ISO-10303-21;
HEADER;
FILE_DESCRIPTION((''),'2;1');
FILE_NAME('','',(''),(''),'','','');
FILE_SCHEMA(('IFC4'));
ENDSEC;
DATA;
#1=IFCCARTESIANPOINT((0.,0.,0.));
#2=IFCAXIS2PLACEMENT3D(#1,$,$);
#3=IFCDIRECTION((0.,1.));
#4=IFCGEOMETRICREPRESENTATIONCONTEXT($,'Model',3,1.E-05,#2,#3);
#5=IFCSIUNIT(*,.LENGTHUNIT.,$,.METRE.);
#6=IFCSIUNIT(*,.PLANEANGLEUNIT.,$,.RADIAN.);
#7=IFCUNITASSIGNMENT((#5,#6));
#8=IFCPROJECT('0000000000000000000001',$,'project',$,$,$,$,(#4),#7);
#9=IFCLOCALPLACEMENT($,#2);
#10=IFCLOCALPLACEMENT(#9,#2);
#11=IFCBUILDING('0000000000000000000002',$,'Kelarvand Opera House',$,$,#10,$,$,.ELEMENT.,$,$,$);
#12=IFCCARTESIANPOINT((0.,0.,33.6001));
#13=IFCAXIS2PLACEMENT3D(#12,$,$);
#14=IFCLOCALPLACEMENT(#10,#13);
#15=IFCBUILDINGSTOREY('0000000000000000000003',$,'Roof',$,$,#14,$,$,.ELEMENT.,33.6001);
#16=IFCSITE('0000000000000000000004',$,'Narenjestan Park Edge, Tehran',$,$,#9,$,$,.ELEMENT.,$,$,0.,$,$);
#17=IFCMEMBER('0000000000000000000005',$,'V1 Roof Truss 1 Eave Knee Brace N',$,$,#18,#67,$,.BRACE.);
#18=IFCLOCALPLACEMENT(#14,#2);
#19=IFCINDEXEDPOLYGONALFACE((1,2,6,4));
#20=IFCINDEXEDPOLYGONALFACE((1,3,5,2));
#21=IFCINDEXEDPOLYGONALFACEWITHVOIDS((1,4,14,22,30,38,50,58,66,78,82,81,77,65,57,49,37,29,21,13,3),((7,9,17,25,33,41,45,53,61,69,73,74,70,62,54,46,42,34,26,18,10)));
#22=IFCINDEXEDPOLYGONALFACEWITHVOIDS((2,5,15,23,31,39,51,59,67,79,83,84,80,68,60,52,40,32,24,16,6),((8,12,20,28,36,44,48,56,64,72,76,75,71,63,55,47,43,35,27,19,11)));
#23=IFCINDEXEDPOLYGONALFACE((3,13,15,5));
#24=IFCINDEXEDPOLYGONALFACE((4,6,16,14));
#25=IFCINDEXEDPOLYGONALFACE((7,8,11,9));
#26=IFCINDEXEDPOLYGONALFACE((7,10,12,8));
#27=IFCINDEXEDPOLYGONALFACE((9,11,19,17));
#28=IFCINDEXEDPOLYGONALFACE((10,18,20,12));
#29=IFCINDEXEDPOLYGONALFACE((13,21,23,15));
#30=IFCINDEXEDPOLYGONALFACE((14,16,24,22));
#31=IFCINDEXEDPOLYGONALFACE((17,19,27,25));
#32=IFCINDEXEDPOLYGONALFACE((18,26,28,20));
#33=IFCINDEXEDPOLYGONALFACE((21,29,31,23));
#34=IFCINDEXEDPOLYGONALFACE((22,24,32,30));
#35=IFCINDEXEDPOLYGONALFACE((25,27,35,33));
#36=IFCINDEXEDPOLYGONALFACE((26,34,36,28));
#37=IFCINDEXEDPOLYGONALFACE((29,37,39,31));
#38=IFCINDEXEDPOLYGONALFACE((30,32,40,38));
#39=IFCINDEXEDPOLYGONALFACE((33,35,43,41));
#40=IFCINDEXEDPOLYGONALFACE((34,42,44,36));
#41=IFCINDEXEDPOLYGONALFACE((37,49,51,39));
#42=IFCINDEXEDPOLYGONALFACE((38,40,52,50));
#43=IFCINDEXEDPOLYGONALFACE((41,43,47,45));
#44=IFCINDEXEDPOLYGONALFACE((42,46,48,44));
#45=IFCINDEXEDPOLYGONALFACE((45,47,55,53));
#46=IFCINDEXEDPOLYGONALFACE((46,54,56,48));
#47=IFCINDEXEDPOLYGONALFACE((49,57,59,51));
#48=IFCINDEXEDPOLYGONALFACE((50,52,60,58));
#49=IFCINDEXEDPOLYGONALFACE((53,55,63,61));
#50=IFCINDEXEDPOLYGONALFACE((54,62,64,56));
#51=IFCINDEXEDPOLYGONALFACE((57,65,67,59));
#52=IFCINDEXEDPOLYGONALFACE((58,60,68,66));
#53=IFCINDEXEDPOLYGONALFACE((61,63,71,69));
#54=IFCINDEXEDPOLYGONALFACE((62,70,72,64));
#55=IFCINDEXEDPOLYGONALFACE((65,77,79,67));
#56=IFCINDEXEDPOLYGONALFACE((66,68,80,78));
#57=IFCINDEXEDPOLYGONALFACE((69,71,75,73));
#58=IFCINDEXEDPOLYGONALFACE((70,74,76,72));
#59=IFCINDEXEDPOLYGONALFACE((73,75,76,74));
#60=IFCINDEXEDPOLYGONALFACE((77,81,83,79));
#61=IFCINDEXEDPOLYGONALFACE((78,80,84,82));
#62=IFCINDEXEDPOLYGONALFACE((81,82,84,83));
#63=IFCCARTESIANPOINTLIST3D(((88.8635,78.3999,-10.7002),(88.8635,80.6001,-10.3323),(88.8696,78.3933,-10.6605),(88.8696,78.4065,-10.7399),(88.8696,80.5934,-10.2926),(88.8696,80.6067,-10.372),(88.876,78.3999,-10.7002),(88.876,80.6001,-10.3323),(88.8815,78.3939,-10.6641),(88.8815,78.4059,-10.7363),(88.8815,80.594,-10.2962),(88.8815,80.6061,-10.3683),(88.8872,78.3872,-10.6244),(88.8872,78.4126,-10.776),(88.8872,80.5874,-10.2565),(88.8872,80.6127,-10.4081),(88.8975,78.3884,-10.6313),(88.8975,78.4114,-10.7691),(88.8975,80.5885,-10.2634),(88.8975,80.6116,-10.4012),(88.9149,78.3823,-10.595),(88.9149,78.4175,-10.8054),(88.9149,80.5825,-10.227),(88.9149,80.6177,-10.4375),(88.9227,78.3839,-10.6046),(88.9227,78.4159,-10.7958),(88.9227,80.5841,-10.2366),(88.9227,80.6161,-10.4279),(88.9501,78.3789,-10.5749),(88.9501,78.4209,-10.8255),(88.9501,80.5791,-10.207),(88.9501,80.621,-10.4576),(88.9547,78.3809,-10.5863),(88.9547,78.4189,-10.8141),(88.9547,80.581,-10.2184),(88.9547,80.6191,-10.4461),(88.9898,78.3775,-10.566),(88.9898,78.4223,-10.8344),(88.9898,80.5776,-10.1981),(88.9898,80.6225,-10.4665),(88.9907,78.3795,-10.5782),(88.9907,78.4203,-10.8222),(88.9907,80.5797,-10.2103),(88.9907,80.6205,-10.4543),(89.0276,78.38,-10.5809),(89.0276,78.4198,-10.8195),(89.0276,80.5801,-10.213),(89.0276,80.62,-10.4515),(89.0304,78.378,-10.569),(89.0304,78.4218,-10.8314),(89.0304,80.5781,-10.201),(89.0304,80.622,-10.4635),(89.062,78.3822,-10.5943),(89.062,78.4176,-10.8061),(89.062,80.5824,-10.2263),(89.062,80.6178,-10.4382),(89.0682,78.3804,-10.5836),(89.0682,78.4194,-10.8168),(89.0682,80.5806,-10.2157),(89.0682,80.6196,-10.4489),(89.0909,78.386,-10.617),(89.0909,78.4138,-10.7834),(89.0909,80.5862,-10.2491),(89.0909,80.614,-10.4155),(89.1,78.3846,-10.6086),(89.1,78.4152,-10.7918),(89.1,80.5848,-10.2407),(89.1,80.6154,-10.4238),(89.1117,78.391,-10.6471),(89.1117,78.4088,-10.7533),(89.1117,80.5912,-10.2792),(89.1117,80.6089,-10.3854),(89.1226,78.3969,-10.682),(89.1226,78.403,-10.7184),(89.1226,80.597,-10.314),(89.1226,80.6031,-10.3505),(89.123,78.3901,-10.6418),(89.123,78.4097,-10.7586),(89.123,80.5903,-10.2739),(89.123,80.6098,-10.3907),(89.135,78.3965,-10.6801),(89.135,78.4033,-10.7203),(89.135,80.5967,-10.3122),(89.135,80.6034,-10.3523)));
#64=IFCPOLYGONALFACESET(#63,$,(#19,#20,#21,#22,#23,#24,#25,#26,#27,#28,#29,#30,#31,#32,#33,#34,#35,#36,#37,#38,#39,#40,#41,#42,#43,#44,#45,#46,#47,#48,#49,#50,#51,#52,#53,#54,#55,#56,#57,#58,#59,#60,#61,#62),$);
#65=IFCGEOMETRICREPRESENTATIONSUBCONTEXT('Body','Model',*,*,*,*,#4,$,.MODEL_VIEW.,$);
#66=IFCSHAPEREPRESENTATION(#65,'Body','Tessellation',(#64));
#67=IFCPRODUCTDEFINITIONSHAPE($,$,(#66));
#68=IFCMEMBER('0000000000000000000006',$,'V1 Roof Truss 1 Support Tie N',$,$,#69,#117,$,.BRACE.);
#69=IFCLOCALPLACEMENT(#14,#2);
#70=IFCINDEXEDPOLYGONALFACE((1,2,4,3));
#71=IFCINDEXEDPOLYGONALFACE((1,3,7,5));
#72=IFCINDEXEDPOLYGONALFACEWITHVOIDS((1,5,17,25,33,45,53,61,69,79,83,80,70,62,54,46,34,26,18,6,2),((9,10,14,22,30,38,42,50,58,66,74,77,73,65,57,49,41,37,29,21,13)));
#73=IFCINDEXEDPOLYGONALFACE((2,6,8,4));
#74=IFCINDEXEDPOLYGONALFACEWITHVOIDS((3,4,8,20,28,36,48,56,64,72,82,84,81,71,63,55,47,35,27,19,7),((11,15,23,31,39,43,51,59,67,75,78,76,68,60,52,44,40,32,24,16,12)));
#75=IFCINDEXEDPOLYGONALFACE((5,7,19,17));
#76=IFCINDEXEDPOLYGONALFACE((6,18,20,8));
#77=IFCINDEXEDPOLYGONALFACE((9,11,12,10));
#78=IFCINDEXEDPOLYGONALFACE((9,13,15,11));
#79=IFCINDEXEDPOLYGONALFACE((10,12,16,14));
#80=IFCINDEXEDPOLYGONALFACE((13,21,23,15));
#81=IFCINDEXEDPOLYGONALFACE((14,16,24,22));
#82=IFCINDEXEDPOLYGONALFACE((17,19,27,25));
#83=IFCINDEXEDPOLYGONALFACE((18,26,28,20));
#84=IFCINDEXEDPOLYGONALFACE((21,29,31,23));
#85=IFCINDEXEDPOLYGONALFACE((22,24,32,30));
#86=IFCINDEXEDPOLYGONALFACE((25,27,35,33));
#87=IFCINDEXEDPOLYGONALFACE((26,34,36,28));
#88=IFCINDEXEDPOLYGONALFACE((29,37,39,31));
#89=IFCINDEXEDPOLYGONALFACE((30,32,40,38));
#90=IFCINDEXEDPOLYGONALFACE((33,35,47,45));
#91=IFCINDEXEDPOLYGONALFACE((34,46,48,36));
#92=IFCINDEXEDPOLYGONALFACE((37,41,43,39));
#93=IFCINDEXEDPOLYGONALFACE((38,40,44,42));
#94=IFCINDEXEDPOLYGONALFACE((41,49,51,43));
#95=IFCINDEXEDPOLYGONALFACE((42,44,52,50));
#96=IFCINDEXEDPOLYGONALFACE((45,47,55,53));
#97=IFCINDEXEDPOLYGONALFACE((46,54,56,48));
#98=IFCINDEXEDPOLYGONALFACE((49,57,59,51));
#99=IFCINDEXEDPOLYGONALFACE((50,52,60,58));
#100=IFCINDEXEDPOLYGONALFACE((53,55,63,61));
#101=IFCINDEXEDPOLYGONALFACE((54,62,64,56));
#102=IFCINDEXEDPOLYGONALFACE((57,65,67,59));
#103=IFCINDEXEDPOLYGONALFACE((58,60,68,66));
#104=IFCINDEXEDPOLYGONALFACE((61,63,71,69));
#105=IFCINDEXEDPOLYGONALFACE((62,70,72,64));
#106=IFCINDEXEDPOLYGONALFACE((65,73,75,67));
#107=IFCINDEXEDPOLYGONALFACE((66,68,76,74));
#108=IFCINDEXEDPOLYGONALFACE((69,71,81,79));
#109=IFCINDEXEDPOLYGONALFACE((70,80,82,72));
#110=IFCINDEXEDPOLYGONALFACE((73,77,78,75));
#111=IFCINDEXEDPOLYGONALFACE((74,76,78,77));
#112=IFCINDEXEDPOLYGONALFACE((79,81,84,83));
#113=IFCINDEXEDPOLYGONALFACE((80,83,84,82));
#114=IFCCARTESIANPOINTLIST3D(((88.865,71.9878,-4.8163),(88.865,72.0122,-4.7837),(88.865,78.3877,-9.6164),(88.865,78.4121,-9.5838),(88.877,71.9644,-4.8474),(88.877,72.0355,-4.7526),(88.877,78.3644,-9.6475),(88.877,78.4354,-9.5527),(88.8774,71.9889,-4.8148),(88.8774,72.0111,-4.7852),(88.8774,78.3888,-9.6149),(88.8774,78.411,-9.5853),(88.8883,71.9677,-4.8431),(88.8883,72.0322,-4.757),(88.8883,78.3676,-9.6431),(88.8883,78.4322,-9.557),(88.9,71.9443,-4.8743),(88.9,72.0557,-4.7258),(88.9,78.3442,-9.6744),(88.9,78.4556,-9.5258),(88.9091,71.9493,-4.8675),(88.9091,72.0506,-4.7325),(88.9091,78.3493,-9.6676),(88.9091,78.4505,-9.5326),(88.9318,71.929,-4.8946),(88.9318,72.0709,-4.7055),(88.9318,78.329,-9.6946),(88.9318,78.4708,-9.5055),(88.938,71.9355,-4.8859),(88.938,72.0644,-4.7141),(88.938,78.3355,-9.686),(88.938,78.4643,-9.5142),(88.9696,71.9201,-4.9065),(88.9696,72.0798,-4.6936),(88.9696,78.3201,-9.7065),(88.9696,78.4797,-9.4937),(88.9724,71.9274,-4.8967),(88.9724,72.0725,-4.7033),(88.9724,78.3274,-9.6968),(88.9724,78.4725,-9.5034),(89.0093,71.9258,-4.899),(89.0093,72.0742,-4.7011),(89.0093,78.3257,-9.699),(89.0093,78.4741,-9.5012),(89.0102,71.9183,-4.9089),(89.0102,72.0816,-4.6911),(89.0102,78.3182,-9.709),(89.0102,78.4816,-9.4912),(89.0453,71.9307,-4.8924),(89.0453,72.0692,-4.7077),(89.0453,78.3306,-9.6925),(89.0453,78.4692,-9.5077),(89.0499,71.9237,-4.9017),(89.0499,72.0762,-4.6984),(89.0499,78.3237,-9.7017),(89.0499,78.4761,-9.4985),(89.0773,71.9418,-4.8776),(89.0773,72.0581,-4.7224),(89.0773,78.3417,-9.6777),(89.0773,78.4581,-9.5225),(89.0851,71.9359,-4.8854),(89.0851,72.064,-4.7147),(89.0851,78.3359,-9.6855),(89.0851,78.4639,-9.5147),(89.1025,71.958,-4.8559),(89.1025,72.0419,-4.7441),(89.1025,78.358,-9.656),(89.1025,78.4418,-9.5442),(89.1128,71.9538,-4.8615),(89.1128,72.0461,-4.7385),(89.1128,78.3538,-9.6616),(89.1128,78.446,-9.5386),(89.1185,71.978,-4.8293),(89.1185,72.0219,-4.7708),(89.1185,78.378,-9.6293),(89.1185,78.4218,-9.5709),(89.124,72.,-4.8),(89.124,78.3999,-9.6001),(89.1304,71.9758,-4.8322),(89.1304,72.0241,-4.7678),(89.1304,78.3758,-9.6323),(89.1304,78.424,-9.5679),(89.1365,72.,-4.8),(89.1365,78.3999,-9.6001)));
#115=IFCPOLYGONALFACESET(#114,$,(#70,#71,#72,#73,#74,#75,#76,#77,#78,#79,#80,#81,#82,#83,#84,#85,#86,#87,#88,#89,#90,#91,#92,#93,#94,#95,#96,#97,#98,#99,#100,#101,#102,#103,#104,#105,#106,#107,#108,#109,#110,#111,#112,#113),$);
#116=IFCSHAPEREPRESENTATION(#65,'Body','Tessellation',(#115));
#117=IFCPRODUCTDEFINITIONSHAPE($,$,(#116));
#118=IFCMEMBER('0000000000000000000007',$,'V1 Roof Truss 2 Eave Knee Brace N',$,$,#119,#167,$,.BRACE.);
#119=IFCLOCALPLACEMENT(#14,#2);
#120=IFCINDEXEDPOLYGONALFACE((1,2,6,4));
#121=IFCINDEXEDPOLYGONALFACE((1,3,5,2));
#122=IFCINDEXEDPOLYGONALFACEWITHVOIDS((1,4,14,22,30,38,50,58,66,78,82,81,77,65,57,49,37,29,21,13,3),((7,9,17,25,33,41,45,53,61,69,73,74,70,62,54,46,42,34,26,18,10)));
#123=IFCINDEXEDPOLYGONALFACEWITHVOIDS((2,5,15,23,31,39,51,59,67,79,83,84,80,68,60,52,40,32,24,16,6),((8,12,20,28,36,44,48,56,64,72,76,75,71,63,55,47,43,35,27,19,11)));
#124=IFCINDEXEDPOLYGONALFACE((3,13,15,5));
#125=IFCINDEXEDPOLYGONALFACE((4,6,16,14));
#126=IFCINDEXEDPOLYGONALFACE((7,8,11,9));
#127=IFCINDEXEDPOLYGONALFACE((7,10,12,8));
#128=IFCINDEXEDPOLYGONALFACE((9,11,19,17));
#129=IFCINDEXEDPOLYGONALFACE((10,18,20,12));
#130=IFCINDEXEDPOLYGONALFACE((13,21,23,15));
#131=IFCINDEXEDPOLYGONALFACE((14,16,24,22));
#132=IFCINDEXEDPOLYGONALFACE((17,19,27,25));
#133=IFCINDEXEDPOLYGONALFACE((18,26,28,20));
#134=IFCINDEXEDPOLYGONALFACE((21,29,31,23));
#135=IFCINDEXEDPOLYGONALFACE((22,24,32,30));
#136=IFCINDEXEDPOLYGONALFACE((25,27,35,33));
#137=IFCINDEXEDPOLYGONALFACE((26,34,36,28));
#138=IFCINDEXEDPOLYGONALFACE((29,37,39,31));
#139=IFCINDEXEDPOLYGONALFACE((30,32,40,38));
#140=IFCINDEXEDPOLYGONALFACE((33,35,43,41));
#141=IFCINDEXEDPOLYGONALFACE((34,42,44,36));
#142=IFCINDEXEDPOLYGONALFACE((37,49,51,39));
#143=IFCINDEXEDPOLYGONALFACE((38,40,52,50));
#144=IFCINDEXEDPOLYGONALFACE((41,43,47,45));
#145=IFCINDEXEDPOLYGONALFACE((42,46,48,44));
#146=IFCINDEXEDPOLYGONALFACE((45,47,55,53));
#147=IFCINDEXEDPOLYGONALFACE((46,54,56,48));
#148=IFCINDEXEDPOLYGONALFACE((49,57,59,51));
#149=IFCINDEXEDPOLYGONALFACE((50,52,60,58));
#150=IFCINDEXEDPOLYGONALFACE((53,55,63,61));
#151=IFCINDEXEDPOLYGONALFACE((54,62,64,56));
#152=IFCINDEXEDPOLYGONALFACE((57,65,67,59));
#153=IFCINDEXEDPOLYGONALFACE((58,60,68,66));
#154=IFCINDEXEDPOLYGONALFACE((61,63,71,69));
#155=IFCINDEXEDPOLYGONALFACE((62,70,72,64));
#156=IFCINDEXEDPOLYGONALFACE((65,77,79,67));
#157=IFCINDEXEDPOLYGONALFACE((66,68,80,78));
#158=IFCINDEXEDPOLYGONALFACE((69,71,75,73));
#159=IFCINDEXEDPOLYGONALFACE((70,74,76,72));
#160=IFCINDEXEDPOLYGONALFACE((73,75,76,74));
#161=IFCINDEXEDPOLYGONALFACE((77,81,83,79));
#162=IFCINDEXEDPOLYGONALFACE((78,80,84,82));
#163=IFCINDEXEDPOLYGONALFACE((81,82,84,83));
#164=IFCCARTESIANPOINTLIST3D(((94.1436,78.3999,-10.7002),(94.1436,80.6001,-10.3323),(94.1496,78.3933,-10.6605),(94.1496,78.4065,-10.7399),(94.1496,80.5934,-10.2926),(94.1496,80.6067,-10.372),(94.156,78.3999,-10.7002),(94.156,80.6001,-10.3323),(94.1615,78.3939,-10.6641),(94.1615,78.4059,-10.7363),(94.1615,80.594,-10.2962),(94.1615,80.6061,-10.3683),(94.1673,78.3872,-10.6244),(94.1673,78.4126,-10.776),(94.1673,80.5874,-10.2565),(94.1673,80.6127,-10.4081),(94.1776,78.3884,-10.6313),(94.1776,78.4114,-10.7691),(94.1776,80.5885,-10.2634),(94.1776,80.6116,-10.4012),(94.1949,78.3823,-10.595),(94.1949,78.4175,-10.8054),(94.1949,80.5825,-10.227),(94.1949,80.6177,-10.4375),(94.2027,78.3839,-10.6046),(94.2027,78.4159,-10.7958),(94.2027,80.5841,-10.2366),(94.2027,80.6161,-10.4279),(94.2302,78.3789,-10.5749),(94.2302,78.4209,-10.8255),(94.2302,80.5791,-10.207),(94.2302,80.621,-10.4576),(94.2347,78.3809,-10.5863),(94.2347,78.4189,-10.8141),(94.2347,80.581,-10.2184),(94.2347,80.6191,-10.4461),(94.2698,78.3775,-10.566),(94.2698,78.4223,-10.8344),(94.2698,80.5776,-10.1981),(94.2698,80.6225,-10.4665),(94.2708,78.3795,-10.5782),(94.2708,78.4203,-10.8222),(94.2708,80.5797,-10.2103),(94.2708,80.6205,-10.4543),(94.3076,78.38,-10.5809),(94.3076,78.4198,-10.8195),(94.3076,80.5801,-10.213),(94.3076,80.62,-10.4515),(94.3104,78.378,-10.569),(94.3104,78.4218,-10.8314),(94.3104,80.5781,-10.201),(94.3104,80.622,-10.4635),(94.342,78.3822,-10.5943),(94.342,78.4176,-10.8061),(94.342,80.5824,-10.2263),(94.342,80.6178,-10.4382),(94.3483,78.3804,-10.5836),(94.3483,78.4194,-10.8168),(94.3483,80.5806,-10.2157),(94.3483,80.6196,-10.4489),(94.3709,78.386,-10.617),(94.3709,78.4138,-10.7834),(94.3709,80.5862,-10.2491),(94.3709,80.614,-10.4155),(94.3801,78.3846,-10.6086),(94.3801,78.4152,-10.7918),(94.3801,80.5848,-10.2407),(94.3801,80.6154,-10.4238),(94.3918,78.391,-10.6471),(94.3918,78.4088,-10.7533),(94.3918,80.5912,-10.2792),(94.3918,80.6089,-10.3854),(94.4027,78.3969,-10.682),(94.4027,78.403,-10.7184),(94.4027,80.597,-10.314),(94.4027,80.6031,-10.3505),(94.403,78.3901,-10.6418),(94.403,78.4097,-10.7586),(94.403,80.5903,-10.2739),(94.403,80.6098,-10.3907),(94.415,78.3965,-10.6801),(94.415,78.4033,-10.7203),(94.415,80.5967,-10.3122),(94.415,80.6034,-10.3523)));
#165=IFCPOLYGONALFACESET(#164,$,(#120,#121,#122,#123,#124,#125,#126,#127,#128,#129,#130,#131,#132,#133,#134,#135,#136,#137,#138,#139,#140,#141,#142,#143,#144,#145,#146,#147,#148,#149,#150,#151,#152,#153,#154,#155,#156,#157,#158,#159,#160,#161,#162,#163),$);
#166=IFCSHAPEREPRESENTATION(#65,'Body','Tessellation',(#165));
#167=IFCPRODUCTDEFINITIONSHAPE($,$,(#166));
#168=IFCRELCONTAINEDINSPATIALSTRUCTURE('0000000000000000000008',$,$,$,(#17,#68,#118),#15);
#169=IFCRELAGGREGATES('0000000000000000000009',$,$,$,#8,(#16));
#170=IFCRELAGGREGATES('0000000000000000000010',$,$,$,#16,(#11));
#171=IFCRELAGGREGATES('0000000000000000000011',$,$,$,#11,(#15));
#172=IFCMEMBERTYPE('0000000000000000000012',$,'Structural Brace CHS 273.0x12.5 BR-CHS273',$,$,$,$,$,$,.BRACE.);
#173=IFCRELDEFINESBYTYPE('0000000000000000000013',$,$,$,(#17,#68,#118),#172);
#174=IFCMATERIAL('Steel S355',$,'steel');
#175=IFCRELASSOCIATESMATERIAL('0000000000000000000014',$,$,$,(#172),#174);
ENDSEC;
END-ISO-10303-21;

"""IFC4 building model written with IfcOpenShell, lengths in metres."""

from ifc_helpers import new_model, si_unit, direction, frame, origin, origin_2d, place, context, subcontext, project, spatial, hollow_circle, extrude, material, material_profile, profile_set, type_object, element, save


model = new_model("IFC4")

# Units and contexts
model_context = context("Model", 3, precision=1e-05, world=origin(), true_north=direction((0.0, 1.0)))
body_context = subcontext(model_context, "Body", "Model", "MODEL_VIEW")
ifc_project = project(units=[si_unit("LENGTHUNIT", "METRE"), si_unit("PLANEANGLEUNIT", "RADIAN")], contexts=[model_context])

# Site, building, storey
site_placement = place(None, origin())
site = spatial("IfcSite", under=ifc_project, at=site_placement, Name="Narenjestan Park Edge, Tehran", CompositionType="ELEMENT", RefElevation=0.0)
building_placement = place(site_placement, origin())
building = spatial("IfcBuilding", under=site, at=building_placement, Name="Kelarvand Opera House", CompositionType="ELEMENT")
storey_placement = place(building_placement, frame((0.0, 0.0, 33.6001)))
storey = spatial("IfcBuildingStorey", under=building, at=storey_placement, Name="Roof", CompositionType="ELEMENT", Elevation=33.6001)

# Members
ifc_material = material(Name="Steel S355", Category="steel")
ifc_material_profile_1 = material_profile(ifc_material, hollow_circle(Radius=0.1365, WallThickness=0.0125, at=origin_2d()), Name="CHS 273.0x12.5", Category="steel")
ifc_profile_set_1 = profile_set([ifc_material_profile_1], Name="Steel S355")
member_type_1 = type_object("IfcMemberType", Name="Structural Brace CHS 273.0x12.5 BR-CHS273", PredefinedType="BRACE", material=ifc_profile_set_1)
member_1_placement = place(storey_placement, frame((89.0, 78.3999, -10.7002), z_axis=(0.0, 0.986305, 0.164931), x_axis=(-1.0, 0.0, 0.0)))
element("IfcMember", 1, at=member_1_placement, inside=storey, type_object=member_type_1, Name="V1 Roof Truss 1 Eave Knee Brace N", PredefinedType="BRACE", context=body_context, shape_type="SweptSolid", body=[
    extrude(hollow_circle(Radius=0.1365, WallThickness=0.0125, at=origin_2d()), origin(), (0.0, 0.0, 1.0), 2.2307),
])
member_2_placement = place(storey_placement, frame((89.0, 78.3999, -9.6001), z_axis=(0.0, -0.799993, 0.60001), x_axis=(1.0, 0.0, 0.0)))
element("IfcMember", 2, at=member_2_placement, inside=storey, type_object=member_type_1, Name="V1 Roof Truss 1 Support Tie N", PredefinedType="BRACE", context=body_context, shape_type="SweptSolid", body=[
    extrude(hollow_circle(Radius=0.1365, WallThickness=0.0125, at=origin_2d()), origin(), (0.0, 0.0, 1.0), 8.0),
])
member_3_placement = place(storey_placement, frame((94.28, 78.3999, -10.7002), z_axis=(0.0, 0.986305, 0.164931), x_axis=(-1.0, 0.0, 0.0)))
element("IfcMember", 3, at=member_3_placement, inside=storey, type_object=member_type_1, Name="V1 Roof Truss 2 Eave Knee Brace N", PredefinedType="BRACE", context=body_context, shape_type="SweptSolid", body=[
    extrude(hollow_circle(Radius=0.1365, WallThickness=0.0125, at=origin_2d()), origin(), (0.0, 0.0, 1.0), 2.2307),
])

save(model, "model.ifc")
